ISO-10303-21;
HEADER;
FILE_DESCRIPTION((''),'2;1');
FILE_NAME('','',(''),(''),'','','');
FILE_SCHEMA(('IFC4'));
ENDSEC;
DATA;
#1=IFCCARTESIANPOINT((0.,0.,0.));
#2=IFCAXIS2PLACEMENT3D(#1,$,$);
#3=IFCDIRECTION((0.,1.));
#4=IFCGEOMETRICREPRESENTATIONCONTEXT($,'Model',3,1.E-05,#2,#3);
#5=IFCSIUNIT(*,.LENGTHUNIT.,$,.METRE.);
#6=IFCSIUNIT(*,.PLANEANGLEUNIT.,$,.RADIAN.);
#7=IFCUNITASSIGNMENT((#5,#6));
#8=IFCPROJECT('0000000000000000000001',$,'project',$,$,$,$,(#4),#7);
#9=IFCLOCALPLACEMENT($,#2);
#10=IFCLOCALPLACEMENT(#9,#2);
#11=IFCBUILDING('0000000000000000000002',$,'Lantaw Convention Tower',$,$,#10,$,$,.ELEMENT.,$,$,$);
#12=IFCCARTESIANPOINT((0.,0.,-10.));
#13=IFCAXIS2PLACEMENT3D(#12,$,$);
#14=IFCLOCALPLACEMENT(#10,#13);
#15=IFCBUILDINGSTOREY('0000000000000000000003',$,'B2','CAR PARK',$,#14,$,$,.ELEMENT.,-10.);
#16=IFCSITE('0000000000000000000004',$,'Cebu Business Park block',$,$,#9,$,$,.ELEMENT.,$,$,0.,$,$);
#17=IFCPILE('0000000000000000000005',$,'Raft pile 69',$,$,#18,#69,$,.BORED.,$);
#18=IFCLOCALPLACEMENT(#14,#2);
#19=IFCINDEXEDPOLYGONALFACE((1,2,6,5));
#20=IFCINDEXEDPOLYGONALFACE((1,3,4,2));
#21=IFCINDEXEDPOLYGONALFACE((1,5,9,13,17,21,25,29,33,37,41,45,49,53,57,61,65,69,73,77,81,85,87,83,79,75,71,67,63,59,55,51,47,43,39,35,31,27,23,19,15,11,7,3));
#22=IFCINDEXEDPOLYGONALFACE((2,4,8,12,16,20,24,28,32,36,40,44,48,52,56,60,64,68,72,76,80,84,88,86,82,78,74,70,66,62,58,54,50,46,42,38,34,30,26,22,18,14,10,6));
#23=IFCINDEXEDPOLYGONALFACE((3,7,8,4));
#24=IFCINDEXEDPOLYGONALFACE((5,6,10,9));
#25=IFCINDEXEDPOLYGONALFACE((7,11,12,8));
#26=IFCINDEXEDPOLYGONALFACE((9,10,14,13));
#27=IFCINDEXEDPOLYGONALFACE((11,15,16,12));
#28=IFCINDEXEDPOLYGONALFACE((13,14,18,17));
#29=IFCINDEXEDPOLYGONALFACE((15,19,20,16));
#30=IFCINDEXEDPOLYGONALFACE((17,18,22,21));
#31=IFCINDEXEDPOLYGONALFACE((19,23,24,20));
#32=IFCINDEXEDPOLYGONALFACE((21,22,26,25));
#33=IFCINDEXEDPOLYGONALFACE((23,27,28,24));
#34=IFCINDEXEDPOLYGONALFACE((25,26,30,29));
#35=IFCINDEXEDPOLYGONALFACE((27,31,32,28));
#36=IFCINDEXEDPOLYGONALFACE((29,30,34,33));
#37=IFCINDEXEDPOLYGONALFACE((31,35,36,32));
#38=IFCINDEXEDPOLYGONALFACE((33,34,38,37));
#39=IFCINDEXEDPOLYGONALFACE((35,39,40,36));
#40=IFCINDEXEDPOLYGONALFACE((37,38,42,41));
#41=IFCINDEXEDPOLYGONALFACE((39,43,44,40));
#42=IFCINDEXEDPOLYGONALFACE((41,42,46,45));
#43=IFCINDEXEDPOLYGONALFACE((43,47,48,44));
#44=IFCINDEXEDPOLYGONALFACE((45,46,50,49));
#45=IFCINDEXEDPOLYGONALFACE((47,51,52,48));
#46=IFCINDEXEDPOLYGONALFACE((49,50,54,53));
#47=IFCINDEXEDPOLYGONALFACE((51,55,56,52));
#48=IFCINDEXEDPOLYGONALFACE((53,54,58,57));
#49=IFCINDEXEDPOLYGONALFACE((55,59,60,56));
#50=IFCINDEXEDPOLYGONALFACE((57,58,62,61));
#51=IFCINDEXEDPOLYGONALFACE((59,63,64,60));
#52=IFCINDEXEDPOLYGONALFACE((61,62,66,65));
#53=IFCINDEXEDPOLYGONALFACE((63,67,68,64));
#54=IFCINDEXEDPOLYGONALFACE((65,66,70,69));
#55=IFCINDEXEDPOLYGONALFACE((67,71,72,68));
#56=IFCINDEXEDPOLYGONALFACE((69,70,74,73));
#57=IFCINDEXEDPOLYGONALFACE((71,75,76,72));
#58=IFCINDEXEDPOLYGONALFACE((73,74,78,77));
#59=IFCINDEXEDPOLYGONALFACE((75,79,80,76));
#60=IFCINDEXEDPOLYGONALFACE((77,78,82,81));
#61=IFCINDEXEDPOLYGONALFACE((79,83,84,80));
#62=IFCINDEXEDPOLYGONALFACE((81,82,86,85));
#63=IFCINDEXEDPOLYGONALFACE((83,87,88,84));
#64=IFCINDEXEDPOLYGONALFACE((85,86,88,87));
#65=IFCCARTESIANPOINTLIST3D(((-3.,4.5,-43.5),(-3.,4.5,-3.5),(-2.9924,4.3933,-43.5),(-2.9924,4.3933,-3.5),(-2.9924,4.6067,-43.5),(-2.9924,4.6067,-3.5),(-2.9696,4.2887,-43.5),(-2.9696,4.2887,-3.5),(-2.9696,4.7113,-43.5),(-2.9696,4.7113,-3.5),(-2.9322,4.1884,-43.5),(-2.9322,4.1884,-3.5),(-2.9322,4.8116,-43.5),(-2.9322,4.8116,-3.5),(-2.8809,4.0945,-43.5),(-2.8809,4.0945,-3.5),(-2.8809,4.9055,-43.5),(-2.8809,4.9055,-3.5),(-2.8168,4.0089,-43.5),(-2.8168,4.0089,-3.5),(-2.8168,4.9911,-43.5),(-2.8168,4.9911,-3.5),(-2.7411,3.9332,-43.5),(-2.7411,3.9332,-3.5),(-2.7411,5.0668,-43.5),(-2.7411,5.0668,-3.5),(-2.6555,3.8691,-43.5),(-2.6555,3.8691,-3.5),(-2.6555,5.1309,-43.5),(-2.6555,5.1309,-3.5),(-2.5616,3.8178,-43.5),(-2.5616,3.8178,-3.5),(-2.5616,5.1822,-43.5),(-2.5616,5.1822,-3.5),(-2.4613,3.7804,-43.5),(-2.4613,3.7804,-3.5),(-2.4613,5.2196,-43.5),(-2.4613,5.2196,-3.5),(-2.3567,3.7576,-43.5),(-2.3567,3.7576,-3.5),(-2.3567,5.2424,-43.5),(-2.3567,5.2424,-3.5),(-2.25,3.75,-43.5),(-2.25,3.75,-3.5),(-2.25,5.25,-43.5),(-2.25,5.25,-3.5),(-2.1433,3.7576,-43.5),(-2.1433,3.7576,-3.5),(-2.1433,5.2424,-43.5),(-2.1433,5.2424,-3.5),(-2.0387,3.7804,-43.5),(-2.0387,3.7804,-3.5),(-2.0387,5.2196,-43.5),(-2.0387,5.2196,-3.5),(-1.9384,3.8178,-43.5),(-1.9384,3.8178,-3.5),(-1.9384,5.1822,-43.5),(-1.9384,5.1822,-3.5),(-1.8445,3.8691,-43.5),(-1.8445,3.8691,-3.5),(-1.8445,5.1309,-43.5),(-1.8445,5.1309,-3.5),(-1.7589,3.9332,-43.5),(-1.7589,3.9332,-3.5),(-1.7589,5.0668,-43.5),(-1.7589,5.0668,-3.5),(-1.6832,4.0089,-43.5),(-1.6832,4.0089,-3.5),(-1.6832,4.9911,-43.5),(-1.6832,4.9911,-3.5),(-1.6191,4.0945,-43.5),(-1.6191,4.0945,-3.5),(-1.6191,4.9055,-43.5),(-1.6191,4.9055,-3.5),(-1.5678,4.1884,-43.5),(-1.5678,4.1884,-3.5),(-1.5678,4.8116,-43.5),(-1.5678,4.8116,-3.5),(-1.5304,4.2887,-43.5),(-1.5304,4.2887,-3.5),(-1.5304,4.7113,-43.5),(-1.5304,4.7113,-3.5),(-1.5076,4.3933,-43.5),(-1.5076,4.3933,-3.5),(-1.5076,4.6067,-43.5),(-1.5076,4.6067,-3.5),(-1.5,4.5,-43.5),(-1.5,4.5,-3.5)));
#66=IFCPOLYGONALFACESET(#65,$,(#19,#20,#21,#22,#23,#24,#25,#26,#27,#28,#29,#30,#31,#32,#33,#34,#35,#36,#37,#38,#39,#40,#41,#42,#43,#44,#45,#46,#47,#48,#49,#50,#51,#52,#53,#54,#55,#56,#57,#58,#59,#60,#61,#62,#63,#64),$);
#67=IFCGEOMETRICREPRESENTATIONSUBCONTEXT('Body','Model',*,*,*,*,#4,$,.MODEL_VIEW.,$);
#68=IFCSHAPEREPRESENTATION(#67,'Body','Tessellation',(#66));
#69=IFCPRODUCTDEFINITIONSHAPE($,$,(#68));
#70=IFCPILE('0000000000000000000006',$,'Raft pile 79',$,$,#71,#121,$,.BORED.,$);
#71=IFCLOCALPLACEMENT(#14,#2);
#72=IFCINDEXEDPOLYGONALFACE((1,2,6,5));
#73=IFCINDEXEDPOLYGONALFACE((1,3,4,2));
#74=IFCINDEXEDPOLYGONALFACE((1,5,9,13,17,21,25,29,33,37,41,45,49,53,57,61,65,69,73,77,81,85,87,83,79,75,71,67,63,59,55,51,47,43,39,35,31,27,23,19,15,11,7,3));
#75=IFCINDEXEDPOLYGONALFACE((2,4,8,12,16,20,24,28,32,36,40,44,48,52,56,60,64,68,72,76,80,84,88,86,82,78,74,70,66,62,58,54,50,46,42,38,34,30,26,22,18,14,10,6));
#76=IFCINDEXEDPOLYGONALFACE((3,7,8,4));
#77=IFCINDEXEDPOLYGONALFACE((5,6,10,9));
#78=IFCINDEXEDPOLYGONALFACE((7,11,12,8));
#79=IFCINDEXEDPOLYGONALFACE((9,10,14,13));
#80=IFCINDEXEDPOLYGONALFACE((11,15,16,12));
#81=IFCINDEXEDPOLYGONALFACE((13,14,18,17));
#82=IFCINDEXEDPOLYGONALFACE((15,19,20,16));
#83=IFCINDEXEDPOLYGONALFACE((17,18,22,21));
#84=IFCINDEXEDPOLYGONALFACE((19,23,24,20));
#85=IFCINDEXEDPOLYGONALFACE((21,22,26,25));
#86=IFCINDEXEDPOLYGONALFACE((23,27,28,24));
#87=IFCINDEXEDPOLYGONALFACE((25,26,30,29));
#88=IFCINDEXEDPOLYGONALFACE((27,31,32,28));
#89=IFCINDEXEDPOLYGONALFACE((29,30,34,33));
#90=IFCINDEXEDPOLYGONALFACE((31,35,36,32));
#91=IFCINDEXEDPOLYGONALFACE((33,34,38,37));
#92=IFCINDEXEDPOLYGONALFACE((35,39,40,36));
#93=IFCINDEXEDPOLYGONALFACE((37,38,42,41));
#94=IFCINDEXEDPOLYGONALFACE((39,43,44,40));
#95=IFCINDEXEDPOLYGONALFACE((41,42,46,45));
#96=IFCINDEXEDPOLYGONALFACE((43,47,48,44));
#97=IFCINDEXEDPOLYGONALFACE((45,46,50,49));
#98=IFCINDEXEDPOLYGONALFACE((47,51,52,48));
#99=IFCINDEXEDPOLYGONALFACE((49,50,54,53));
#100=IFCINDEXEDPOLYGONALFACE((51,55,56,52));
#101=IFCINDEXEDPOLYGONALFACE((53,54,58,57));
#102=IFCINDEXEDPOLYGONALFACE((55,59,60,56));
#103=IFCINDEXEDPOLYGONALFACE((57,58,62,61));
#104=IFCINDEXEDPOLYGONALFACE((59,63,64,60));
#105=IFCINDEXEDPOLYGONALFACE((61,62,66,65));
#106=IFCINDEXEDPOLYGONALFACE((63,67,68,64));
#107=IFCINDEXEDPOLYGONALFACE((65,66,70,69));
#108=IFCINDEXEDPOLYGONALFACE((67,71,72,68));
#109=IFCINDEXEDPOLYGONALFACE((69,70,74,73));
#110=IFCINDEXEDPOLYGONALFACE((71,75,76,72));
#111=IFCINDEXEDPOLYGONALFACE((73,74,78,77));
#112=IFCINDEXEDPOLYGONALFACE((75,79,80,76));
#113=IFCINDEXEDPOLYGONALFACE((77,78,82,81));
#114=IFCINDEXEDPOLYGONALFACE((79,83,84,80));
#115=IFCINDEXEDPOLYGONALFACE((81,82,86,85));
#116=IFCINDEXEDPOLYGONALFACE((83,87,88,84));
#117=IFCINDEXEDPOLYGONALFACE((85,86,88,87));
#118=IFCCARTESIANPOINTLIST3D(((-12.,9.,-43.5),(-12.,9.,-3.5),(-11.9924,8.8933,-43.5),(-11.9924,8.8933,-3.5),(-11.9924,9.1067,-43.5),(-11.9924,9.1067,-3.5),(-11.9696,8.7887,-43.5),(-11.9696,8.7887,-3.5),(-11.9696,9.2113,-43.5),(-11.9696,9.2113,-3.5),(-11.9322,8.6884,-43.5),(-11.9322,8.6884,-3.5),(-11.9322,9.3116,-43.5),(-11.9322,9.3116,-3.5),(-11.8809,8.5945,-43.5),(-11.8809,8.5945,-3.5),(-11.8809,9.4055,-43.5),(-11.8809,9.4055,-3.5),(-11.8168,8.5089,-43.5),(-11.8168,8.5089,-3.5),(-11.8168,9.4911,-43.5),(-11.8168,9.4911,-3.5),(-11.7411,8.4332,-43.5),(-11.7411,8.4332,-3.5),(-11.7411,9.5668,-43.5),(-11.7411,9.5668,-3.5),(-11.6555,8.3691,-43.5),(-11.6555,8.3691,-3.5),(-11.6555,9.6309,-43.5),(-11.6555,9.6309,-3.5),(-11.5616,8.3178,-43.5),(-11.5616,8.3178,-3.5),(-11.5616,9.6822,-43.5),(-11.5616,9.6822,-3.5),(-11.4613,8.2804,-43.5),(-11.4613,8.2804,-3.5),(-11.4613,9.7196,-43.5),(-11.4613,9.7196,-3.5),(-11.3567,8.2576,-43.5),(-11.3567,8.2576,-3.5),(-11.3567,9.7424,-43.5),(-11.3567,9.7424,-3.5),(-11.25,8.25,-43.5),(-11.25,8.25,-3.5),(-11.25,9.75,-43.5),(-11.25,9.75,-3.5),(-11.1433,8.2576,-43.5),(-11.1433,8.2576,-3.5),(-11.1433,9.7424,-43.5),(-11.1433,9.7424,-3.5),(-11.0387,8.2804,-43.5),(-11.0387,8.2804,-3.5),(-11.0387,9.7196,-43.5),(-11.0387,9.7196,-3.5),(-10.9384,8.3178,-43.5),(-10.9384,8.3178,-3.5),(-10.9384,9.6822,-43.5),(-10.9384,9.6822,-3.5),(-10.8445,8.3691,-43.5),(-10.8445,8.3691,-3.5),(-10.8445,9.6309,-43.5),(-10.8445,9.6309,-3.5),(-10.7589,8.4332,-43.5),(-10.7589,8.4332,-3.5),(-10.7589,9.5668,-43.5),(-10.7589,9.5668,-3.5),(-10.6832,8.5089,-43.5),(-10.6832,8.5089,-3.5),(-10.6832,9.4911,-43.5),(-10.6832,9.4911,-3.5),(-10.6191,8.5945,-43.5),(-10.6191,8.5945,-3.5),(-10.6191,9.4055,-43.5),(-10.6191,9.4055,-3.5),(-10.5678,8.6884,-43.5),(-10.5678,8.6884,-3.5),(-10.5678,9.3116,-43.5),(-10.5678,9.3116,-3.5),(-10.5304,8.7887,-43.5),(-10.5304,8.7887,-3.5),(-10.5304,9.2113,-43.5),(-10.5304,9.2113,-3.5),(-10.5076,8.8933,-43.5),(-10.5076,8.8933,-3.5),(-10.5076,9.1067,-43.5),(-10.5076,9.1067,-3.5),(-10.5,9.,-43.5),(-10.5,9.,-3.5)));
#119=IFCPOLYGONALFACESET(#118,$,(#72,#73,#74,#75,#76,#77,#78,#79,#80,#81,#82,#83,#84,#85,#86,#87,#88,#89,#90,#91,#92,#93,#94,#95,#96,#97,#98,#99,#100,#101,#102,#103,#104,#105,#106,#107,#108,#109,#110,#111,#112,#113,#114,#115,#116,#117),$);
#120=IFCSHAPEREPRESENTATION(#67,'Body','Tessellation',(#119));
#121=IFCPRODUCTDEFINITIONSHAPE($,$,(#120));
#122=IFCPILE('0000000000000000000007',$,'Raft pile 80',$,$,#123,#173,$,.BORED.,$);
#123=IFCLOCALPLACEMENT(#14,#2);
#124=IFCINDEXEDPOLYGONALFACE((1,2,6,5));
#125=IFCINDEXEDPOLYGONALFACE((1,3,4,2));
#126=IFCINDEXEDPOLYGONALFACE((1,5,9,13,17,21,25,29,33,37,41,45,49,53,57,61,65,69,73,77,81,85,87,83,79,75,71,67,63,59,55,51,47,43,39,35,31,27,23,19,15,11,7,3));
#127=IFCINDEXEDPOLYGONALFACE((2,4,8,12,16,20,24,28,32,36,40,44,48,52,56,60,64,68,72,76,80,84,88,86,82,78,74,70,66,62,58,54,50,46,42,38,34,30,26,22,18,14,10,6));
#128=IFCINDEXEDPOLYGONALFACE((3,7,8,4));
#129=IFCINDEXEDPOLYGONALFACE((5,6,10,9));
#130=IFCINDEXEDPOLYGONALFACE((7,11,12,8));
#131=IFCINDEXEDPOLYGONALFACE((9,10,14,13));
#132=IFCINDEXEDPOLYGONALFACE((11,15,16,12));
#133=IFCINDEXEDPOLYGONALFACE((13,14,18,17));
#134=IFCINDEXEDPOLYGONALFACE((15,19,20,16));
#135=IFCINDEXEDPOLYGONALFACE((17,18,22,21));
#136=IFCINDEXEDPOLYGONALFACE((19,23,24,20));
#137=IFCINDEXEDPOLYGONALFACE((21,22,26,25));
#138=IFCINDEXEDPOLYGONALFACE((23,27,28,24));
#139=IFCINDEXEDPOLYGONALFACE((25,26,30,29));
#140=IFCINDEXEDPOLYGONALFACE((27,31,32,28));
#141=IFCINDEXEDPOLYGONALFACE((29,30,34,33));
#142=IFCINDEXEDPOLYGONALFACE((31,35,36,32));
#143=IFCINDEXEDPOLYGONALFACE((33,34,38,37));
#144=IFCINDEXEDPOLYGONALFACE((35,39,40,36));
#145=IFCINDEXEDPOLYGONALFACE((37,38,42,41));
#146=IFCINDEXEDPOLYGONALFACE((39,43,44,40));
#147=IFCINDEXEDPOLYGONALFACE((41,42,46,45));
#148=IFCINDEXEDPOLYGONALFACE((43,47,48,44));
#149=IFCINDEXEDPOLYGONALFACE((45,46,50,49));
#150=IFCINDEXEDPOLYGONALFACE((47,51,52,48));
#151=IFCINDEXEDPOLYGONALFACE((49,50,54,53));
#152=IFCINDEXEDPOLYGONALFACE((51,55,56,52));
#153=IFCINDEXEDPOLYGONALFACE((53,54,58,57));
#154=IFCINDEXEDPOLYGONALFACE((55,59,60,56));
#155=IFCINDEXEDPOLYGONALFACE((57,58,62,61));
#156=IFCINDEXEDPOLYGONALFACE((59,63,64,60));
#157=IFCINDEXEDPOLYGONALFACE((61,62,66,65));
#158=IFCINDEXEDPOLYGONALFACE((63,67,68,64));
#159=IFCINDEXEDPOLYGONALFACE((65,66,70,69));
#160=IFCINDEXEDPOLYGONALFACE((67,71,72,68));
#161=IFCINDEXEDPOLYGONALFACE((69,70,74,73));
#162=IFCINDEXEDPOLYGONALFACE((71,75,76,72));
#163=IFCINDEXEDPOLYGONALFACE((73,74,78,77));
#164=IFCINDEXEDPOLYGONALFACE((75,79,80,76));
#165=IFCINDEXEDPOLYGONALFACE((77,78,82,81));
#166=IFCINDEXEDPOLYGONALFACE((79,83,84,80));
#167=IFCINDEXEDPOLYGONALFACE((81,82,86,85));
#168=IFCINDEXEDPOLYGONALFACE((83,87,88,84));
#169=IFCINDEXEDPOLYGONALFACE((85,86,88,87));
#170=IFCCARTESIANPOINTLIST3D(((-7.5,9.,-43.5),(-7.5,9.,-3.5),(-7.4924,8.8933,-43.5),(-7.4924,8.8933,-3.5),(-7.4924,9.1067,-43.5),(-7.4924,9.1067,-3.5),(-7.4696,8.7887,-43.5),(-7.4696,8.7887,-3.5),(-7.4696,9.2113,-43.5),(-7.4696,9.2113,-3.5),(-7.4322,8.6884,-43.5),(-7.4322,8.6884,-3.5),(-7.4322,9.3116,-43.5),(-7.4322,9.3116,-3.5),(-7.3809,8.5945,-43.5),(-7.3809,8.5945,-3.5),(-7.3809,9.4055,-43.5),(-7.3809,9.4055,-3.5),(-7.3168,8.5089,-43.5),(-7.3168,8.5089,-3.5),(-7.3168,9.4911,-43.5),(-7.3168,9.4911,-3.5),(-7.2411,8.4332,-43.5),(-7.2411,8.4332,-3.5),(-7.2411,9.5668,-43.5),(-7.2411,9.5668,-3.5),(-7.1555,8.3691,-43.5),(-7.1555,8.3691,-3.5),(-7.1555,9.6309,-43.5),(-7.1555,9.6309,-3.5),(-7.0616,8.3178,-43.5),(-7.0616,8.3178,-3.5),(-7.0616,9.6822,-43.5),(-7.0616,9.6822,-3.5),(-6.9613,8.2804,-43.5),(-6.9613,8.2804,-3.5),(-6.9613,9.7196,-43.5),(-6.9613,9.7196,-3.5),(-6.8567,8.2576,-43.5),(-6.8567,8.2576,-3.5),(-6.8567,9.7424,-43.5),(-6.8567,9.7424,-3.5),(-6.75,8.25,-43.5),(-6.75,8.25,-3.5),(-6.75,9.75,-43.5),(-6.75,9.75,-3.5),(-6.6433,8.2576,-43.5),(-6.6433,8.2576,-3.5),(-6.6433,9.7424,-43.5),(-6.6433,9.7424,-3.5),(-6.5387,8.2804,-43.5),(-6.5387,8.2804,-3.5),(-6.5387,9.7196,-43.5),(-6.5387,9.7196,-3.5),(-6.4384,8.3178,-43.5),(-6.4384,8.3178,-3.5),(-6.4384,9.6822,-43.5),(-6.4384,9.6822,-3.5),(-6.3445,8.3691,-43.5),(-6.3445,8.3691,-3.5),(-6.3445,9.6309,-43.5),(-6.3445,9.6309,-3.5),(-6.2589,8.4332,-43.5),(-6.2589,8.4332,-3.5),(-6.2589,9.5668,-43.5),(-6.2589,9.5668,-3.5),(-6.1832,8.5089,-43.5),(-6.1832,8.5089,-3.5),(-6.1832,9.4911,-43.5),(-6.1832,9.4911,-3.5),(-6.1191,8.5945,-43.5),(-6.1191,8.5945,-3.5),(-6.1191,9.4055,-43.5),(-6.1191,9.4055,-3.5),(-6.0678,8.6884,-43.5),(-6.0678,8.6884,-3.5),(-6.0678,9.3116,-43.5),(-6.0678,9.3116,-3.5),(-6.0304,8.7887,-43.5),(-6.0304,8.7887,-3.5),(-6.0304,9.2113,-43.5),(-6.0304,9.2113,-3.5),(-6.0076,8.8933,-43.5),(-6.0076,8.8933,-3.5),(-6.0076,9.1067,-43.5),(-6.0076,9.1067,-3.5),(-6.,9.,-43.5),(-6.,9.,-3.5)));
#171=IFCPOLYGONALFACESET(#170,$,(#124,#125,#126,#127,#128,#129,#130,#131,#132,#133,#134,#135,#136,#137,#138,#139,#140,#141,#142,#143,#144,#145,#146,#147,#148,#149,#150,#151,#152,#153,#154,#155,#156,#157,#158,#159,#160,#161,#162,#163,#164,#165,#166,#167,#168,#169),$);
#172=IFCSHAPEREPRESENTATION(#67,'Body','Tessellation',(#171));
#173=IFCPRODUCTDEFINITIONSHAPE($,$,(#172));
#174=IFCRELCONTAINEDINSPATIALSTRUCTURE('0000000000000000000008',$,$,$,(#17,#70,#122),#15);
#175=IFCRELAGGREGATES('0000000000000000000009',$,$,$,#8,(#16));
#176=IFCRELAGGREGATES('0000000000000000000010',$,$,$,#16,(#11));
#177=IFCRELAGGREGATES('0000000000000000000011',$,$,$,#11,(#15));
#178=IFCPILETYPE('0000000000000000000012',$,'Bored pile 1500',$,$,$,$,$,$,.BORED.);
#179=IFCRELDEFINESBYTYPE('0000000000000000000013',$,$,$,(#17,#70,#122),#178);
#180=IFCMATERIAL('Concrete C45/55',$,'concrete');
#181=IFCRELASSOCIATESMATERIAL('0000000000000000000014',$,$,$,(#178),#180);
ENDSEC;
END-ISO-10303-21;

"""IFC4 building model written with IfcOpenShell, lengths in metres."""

from ifc_helpers import new_model, si_unit, direction, frame, origin, origin_2d, place, context, subcontext, project, spatial, circle, extrude, material, material_profile, profile_set, type_object, element, save


model = new_model("IFC4")

# Units and contexts
model_context = context("Model", 3, precision=1e-05, world=origin(), true_north=direction((0.0, 1.0)))
body_context = subcontext(model_context, "Body", "Model", "MODEL_VIEW")
ifc_project = project(units=[si_unit("LENGTHUNIT", "METRE"), si_unit("PLANEANGLEUNIT", "RADIAN")], contexts=[model_context])

# Site, building, storey
site_placement = place(None, origin())
site = spatial("IfcSite", under=ifc_project, at=site_placement, Name="Cebu Business Park block", CompositionType="ELEMENT", RefElevation=0.0)
building_placement = place(site_placement, origin())
building = spatial("IfcBuilding", under=site, at=building_placement, Name="Lantaw Convention Tower", CompositionType="ELEMENT")
storey_placement = place(building_placement, frame((0.0, 0.0, -10.0)))
storey = spatial("IfcBuildingStorey", under=building, at=storey_placement, Name="B2", Description="CAR PARK", CompositionType="ELEMENT", Elevation=-10.0)

# Piles
ifc_material_1 = material(Name="Concrete C45/55", Category="concrete")
ifc_material_profile = material_profile(ifc_material_1, circle(Radius=0.75, at=origin_2d()), Name="Bored pile 1500")
ifc_profile_set = profile_set([ifc_material_profile], Name="Concrete C45/55")
pile_type = type_object("IfcPileType", Name="Bored pile 1500", PredefinedType="BORED", material=ifc_profile_set)
for number, where, z_axis, x_axis, name in (
    (1, (-2.25, 4.5, -3.5), (0.0, 0.0, -1.0), (1.0, 0.0, 0.0), "Raft pile 69"),
    (2, (-11.25, 9.0, -3.5), (0.0, 0.0, -1.0), (1.0, 0.0, 0.0), "Raft pile 79"),
    (3, (-6.75, 9.0, -3.5), (0.0, 0.0, -1.0), (1.0, 0.0, 0.0), "Raft pile 80"),
):
    element("IfcPile", number, at=place(storey_placement, frame(where, z_axis=z_axis, x_axis=x_axis)), inside=storey, type_object=pile_type, Name=name, PredefinedType="BORED", context=body_context, shape_type="SweptSolid", body=[
        extrude(circle(Radius=0.75, at=origin_2d()), origin(), (0.0, 0.0, 1.0), 40.0),
    ])

save(model, "model.ifc")
